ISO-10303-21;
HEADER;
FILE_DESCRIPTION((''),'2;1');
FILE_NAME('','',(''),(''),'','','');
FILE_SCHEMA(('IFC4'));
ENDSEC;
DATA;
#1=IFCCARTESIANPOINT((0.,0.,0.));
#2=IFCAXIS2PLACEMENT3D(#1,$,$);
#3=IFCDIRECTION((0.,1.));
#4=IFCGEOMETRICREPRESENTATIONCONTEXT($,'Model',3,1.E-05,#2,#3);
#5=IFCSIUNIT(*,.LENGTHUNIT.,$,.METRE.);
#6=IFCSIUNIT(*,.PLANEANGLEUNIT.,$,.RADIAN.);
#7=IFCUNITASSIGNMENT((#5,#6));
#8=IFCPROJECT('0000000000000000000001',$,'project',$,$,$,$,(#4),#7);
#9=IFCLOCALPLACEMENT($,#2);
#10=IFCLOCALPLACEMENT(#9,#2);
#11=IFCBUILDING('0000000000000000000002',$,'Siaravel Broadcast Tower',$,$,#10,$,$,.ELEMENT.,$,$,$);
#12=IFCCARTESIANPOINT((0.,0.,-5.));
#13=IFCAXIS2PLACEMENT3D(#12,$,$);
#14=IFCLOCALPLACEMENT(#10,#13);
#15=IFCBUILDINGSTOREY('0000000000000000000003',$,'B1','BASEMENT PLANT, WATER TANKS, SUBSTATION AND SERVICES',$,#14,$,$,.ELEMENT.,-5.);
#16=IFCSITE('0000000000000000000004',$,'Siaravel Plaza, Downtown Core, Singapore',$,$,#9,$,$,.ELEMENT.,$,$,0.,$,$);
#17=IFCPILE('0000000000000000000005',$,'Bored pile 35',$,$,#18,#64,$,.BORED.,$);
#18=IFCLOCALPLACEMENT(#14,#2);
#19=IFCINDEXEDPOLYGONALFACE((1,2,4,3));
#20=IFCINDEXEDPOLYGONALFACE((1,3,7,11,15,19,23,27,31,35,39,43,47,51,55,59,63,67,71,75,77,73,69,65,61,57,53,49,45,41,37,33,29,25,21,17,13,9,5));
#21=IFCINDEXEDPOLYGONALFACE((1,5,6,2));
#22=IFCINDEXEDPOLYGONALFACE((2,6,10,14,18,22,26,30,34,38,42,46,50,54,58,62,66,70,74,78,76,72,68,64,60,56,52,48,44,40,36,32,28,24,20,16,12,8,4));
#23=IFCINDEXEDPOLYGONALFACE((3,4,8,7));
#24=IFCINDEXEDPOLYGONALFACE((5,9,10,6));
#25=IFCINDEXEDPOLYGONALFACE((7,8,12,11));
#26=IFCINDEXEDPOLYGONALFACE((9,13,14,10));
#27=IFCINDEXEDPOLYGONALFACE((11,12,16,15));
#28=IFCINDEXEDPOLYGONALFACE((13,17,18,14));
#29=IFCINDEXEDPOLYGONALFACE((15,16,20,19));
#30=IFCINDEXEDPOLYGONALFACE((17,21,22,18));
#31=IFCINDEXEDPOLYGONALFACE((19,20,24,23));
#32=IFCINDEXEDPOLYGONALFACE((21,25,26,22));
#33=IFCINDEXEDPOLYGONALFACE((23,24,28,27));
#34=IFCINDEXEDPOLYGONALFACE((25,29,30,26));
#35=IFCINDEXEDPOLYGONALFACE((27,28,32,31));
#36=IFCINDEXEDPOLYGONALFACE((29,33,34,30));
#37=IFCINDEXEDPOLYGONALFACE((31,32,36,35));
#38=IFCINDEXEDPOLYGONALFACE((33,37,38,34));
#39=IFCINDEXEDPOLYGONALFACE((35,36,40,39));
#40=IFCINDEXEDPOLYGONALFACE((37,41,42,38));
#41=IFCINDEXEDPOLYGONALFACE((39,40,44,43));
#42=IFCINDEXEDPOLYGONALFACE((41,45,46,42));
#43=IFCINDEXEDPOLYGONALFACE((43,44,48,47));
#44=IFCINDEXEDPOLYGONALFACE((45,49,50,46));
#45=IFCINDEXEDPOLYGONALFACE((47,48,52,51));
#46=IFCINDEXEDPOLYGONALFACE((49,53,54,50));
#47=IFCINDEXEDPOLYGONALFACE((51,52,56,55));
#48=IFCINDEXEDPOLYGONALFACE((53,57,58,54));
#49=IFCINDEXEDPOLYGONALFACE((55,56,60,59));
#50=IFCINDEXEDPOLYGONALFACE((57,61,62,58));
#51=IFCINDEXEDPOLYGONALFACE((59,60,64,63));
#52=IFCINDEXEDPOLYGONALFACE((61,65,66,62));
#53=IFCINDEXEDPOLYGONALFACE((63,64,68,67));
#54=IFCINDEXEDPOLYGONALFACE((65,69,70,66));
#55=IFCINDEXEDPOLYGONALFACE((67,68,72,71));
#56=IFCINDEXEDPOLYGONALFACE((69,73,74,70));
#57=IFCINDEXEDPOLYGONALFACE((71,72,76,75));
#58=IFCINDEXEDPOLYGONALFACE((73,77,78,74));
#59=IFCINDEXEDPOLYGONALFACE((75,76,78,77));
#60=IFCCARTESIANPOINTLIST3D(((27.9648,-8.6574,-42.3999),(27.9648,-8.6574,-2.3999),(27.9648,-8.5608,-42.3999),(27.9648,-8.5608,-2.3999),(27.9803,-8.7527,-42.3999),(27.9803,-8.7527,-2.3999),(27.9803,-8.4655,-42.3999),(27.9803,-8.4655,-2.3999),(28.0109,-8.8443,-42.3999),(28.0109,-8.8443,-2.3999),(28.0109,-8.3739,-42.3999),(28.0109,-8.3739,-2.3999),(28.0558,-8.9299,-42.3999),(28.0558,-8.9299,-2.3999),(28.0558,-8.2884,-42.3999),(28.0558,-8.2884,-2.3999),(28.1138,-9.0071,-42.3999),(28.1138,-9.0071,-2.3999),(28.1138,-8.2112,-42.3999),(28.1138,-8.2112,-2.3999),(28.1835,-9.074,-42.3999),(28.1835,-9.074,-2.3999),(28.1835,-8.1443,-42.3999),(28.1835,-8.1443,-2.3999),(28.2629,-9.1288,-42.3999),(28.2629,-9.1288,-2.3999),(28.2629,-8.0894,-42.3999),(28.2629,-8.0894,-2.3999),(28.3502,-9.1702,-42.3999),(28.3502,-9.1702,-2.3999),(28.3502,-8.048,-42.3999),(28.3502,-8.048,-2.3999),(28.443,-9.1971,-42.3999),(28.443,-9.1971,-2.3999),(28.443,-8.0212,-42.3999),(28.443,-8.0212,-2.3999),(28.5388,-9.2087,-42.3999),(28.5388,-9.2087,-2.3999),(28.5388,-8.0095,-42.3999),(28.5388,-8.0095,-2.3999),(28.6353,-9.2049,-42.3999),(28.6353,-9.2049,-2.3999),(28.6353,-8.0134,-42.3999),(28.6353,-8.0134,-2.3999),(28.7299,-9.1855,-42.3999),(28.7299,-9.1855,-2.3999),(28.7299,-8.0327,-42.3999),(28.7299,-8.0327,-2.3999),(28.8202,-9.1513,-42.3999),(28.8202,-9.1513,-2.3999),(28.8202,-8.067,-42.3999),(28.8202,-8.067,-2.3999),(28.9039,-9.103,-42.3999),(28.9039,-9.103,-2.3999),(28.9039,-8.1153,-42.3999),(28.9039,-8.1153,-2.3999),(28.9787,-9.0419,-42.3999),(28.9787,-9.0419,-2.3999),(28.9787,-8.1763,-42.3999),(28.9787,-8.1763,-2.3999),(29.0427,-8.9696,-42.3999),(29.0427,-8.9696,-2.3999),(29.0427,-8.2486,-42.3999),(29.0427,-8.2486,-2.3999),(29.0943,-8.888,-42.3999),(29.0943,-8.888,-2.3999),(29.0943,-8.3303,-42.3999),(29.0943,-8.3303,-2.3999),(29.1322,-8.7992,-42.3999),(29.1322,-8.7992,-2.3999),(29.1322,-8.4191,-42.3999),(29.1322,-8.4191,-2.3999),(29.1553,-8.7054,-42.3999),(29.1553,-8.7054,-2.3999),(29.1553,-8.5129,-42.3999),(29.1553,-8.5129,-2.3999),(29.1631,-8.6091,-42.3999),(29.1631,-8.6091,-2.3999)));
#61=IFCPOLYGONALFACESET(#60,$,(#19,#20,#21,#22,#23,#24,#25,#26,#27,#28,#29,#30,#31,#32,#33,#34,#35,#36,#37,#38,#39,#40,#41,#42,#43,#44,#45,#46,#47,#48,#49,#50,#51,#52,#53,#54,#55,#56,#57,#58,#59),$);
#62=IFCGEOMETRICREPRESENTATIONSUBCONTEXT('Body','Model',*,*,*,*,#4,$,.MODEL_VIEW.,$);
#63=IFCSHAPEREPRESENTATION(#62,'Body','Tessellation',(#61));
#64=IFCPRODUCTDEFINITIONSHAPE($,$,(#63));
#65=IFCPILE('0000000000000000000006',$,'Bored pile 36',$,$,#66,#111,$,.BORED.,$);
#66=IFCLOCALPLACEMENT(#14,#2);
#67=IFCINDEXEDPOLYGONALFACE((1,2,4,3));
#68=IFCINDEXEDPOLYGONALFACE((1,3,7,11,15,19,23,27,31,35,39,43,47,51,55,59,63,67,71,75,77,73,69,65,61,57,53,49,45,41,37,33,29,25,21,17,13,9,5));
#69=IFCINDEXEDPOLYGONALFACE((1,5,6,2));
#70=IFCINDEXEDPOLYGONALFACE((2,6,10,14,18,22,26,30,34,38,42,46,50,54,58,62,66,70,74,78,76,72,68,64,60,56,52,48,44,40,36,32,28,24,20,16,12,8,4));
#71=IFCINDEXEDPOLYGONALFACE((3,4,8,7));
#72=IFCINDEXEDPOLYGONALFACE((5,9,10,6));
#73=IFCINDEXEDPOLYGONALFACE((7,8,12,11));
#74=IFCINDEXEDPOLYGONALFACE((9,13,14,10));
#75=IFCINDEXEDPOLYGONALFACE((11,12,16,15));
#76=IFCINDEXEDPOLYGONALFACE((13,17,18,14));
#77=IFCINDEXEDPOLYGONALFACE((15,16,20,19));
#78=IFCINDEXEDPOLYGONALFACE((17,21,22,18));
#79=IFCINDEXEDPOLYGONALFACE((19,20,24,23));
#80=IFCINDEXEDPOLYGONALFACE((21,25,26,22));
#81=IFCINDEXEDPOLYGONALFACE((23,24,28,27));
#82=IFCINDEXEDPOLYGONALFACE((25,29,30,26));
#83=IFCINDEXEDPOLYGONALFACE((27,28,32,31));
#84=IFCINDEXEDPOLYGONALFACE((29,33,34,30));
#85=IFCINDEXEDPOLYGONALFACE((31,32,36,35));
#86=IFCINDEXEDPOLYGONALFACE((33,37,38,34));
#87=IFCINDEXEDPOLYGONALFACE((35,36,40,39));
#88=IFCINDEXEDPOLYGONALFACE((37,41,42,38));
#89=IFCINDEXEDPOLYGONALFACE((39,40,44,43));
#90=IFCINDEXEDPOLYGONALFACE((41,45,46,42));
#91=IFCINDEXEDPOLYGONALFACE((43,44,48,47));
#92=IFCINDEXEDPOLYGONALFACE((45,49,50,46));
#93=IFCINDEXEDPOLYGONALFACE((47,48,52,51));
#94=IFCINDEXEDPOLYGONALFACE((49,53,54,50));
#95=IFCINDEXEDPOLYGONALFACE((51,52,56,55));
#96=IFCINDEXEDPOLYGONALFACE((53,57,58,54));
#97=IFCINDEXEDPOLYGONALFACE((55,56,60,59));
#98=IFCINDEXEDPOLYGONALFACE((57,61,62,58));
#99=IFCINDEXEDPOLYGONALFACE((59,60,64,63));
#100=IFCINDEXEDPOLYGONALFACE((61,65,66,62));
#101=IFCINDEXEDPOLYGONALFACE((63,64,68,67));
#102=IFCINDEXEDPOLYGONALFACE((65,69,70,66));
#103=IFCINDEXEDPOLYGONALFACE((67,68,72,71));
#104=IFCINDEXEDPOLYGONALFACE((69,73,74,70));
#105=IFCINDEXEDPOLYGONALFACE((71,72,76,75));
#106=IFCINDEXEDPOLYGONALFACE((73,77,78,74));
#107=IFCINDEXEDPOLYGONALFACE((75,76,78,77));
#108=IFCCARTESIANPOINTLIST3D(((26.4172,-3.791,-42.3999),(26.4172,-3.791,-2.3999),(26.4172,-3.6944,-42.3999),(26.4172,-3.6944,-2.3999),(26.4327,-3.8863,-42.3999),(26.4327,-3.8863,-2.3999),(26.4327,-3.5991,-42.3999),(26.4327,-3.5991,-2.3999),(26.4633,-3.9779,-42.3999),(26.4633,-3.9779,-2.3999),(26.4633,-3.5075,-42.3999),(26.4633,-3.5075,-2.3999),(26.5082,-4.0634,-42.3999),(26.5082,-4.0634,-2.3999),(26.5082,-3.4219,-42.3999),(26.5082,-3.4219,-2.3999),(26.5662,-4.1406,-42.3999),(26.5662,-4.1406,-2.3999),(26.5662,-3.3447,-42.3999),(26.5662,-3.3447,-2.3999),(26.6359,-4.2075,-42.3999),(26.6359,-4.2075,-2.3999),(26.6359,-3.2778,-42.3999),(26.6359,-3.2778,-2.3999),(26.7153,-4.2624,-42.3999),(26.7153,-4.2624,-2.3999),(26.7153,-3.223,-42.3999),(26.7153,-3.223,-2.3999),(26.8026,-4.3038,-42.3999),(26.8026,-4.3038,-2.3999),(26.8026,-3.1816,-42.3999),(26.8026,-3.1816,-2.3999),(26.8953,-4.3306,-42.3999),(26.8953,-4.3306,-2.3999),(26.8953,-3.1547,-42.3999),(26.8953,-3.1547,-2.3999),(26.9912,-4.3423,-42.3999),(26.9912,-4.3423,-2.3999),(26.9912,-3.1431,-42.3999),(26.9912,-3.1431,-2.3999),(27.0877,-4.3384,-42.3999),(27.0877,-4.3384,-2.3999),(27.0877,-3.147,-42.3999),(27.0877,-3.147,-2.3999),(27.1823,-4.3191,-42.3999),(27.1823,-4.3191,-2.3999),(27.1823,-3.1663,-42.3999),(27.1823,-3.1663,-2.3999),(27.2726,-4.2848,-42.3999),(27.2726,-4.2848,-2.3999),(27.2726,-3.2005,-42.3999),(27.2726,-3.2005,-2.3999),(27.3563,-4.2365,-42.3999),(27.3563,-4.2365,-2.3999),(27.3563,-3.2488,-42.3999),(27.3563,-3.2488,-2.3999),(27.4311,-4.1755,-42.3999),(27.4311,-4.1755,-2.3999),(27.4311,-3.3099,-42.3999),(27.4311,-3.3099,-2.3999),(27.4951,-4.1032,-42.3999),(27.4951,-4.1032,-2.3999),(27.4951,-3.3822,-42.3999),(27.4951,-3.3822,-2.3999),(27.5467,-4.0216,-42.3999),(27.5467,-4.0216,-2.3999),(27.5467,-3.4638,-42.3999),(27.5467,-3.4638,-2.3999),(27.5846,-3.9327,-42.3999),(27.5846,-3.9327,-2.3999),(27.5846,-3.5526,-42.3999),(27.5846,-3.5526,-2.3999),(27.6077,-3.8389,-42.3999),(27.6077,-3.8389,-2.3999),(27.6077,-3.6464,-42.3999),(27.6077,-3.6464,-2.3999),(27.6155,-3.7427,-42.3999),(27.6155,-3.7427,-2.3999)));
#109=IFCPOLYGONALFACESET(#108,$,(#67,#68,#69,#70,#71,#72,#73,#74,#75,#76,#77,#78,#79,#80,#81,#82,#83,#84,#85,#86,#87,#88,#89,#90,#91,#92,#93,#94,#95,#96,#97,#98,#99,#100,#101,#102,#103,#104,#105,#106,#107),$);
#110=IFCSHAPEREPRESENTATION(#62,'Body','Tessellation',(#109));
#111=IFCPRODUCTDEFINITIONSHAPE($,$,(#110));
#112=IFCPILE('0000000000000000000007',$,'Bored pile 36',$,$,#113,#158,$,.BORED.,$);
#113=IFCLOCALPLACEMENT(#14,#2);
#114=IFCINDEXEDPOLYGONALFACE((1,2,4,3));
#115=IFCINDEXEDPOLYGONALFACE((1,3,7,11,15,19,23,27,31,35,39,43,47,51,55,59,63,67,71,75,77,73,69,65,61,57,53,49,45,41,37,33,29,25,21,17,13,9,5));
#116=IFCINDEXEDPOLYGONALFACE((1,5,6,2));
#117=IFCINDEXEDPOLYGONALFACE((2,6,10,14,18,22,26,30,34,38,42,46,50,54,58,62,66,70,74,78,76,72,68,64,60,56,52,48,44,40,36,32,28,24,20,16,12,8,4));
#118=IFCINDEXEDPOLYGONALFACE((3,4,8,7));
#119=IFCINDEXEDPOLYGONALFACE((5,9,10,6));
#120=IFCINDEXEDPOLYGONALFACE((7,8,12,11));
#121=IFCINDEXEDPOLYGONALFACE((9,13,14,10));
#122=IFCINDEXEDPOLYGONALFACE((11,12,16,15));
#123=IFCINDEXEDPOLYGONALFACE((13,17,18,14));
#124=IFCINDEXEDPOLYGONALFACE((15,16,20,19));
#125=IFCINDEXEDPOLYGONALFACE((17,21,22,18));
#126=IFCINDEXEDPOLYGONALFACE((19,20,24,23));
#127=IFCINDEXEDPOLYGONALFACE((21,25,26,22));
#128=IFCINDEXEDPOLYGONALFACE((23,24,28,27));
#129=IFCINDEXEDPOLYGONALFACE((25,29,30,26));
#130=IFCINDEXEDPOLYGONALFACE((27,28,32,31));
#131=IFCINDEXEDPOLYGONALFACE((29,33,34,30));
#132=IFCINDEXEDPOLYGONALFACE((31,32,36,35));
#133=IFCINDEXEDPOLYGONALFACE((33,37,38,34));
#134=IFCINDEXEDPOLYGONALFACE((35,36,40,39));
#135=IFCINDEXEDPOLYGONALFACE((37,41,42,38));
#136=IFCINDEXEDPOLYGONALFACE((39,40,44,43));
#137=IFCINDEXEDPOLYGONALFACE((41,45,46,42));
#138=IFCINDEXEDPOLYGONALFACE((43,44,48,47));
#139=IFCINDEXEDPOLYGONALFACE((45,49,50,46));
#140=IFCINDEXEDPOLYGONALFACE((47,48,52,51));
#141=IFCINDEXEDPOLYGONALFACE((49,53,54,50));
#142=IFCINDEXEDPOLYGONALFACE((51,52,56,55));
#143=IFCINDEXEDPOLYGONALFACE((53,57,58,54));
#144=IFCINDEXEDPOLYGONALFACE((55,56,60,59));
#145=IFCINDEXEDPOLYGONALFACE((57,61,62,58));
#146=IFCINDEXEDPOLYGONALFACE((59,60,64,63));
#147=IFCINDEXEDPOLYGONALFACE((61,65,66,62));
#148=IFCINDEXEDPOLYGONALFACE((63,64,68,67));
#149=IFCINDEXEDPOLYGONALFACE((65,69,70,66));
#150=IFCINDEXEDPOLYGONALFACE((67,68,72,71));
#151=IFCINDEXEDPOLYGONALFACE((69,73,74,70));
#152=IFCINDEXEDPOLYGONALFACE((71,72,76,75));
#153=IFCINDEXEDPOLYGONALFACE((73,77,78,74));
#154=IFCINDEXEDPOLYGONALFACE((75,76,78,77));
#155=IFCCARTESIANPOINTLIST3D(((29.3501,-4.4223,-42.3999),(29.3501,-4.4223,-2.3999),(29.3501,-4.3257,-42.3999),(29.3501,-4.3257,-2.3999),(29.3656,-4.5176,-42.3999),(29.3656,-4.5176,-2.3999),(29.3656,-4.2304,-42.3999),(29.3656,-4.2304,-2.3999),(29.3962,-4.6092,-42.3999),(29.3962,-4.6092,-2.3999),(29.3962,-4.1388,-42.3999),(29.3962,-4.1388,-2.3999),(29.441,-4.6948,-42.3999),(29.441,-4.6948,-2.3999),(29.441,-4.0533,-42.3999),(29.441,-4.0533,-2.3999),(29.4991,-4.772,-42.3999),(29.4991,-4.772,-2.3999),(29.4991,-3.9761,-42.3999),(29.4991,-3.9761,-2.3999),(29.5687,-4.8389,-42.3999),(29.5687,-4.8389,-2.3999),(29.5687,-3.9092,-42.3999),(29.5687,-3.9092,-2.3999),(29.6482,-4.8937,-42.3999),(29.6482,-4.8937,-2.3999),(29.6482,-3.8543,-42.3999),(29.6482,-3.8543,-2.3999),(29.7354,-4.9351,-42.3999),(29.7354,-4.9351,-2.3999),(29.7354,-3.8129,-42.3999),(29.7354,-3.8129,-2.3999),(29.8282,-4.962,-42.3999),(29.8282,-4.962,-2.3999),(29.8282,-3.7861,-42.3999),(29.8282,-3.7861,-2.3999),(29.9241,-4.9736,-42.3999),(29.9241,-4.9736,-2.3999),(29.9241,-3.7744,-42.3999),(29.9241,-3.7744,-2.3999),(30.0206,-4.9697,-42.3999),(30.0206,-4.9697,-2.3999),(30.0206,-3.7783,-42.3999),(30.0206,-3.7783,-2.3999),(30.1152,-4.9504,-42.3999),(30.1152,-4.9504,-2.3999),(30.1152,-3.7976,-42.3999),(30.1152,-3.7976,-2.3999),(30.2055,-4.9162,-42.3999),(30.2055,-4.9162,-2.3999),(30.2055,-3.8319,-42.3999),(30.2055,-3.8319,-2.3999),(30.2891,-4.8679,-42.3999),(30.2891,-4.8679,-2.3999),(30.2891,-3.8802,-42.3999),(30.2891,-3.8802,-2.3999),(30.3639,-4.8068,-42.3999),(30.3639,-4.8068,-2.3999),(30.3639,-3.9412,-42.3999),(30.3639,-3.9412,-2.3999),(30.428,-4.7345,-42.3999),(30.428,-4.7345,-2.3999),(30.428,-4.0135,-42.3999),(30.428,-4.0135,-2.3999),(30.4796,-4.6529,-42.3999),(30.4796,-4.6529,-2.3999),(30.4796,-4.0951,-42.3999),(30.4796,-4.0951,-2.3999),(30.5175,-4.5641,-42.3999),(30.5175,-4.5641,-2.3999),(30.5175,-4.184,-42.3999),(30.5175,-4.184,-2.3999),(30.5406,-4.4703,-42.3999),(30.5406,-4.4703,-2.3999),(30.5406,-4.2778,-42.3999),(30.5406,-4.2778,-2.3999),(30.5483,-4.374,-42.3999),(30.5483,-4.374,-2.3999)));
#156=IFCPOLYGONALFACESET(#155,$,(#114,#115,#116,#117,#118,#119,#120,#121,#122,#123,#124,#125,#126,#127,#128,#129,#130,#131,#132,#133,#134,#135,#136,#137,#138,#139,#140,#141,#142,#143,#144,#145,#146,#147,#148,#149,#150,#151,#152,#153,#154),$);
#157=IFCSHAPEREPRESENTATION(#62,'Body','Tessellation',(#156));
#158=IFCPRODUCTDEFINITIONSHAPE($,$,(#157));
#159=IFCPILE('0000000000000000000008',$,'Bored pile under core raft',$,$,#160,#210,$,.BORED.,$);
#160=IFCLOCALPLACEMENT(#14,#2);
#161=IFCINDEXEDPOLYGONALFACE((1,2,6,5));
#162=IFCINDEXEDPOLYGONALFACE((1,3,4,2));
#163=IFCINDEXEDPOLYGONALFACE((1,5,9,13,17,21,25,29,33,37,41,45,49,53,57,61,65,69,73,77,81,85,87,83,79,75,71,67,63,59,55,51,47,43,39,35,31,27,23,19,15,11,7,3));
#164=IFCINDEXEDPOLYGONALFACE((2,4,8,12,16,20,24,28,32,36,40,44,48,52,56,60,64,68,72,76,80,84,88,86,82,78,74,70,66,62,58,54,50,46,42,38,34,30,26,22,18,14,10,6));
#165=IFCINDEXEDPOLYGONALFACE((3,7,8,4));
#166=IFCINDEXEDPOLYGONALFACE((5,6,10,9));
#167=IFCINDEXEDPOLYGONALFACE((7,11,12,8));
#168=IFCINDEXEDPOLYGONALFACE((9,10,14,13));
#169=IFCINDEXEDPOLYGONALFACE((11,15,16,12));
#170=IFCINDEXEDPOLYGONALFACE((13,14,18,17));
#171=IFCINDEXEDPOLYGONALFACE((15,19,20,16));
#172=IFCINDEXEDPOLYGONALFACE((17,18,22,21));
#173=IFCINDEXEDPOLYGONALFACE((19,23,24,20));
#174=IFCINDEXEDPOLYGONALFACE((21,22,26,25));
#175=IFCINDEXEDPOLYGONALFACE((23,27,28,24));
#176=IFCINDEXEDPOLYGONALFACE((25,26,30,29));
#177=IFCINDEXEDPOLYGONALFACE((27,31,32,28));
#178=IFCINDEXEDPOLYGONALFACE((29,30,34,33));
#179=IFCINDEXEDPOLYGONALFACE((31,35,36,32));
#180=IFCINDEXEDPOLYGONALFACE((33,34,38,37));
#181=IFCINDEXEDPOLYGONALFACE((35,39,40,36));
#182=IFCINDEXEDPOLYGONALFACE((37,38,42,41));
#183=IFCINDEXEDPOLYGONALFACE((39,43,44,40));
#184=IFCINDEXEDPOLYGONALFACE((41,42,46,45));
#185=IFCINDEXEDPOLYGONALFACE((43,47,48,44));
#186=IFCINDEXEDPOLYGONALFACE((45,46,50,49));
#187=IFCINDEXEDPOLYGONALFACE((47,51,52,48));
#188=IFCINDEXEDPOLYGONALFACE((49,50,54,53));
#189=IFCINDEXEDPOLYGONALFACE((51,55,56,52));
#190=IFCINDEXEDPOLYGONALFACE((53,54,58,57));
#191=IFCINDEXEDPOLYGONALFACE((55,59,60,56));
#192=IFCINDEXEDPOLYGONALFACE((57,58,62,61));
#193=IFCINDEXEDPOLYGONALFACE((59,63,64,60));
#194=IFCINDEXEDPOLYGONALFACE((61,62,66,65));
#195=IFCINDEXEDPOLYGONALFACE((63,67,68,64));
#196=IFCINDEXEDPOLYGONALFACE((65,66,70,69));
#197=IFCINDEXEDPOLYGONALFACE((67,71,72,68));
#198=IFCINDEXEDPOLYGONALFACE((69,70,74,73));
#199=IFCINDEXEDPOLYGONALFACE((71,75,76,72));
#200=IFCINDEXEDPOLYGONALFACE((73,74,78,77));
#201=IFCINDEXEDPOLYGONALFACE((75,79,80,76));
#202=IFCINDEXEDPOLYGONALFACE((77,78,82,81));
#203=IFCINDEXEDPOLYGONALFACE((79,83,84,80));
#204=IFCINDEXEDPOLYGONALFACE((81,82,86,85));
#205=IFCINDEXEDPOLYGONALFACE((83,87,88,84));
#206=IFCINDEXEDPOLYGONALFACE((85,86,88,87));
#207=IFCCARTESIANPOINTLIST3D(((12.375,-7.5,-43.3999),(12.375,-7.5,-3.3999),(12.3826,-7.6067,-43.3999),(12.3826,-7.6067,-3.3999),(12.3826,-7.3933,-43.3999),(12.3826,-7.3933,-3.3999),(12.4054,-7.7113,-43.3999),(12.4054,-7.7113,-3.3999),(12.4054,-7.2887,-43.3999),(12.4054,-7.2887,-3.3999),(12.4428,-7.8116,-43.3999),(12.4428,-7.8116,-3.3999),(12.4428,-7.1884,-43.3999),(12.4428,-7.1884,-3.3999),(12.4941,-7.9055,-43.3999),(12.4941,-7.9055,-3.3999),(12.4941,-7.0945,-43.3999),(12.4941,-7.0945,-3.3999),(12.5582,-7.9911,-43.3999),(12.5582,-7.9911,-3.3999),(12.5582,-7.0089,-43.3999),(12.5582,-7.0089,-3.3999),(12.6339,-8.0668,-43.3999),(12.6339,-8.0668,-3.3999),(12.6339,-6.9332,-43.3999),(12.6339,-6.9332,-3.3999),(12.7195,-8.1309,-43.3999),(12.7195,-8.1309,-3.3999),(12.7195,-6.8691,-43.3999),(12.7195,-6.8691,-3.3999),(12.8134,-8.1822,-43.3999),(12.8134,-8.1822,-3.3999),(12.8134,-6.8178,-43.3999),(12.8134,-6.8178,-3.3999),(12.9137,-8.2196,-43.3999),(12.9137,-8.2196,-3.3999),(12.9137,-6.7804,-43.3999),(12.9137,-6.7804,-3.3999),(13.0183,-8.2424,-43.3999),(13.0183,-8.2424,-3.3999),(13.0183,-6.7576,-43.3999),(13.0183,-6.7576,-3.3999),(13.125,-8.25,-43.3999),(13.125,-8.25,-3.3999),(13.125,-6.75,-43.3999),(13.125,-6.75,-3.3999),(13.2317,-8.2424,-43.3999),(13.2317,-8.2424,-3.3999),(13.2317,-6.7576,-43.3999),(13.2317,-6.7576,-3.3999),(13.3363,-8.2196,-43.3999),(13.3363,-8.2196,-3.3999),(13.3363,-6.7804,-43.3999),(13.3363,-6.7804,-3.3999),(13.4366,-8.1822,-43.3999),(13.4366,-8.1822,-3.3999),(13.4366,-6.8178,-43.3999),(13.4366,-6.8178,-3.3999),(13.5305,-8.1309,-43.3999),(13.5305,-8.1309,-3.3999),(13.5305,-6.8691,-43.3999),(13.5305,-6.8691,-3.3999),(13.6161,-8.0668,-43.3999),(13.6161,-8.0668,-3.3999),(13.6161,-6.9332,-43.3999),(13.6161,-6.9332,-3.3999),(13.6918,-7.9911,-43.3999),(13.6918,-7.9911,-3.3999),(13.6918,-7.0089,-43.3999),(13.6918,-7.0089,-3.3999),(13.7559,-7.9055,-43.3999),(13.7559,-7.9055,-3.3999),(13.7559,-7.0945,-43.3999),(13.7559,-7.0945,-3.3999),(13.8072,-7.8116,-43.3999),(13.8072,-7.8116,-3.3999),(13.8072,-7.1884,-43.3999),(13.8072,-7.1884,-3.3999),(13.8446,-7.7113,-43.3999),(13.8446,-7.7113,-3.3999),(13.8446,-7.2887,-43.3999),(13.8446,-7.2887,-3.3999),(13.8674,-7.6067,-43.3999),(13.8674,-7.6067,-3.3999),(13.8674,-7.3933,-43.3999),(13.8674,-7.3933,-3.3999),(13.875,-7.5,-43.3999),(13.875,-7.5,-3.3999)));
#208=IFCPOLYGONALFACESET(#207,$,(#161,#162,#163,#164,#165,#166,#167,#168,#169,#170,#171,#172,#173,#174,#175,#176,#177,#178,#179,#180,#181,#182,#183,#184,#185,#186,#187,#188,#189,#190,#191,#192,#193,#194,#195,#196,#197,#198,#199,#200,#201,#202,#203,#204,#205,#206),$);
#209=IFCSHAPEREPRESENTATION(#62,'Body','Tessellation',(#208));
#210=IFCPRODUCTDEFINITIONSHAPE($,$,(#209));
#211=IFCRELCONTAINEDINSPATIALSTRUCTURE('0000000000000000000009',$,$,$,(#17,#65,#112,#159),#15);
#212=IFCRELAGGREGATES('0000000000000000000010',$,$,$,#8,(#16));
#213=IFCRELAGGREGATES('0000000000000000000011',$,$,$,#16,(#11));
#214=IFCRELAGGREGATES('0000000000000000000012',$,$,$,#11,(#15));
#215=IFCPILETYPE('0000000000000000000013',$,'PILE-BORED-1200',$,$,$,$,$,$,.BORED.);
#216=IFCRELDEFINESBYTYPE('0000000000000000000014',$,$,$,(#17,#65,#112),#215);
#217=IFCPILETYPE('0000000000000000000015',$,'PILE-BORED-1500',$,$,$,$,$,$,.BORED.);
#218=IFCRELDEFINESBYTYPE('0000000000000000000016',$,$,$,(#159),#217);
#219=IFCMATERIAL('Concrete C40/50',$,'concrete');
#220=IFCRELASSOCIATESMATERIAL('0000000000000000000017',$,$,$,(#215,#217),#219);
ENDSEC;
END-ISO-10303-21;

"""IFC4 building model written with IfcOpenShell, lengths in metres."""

from ifc_helpers import new_model, si_unit, direction, frame, origin, origin_2d, place, context, subcontext, project, spatial, circle, extrude, material, material_profile, profile_set, type_object, element, save


model = new_model("IFC4")

# Units and contexts
model_context = context("Model", 3, precision=1e-05, world=origin(), true_north=direction((0.0, 1.0)))
body_context = subcontext(model_context, "Body", "Model", "MODEL_VIEW")
ifc_project = project(units=[si_unit("LENGTHUNIT", "METRE"), si_unit("PLANEANGLEUNIT", "RADIAN")], contexts=[model_context])

# Site, building, storey
site_placement = place(None, origin())
site = spatial("IfcSite", under=ifc_project, at=site_placement, Name="Siaravel Plaza, Downtown Core, Singapore", CompositionType="ELEMENT", RefElevation=0.0)
building_placement = place(site_placement, origin())
building = spatial("IfcBuilding", under=site, at=building_placement, Name="Siaravel Broadcast Tower", CompositionType="ELEMENT")
storey_placement = place(building_placement, frame((0.0, 0.0, -5.0)))
storey = spatial("IfcBuildingStorey", under=building, at=storey_placement, Name="B1", Description="BASEMENT PLANT, WATER TANKS, SUBSTATION AND SERVICES", CompositionType="ELEMENT", Elevation=-5.0)

# Shared definitions
ifc_material_1 = material(Name="Concrete C40/50", Category="concrete")

# Piles
ifc_material_profile_1 = material_profile(ifc_material_1, circle(Radius=0.6001, at=origin_2d()))
ifc_profile_set_1 = profile_set([ifc_material_profile_1], Name="Concrete C40/50")
pile_type_1 = type_object("IfcPileType", Name="PILE-BORED-1200", PredefinedType="BORED", material=ifc_profile_set_1)
for number, where, z_axis, x_axis, name in (
    (1, (28.563, -8.6091, -2.3999), (0.0, 0.0, -1.0), (1.0, 0.0, 0.0), "Bored pile 35"),
    (2, (27.0154, -3.7427, -2.3999), (0.0, 0.0, -1.0), (1.0, 0.0, 0.0), "Bored pile 36"),
    (3, (29.9482, -4.374, -2.3999), (0.0, 0.0, -1.0), (1.0, 0.0, 0.0), "Bored pile 36"),
):
    element("IfcPile", number, at=place(storey_placement, frame(where, z_axis=z_axis, x_axis=x_axis)), inside=storey, type_object=pile_type_1, Name=name, PredefinedType="BORED", context=body_context, shape_type="SweptSolid", body=[
        extrude(circle(Radius=0.6001, at=origin_2d()), origin(), (0.0, 0.0, 1.0), 40.0),
    ])
ifc_material_profile_2 = material_profile(ifc_material_1, circle(Radius=0.75, at=origin_2d()))
ifc_profile_set_2 = profile_set([ifc_material_profile_2], Name="Concrete C40/50")
pile_type_2 = type_object("IfcPileType", Name="PILE-BORED-1500", PredefinedType="BORED", material=ifc_profile_set_2)
for number, where, z_axis, x_axis, name in (
    (4, (13.125, -7.5, -3.3999), (0.0, 0.0, -1.0), (1.0, 0.0, 0.0), "Bored pile under core raft"),
):
    element("IfcPile", number, at=place(storey_placement, frame(where, z_axis=z_axis, x_axis=x_axis)), inside=storey, type_object=pile_type_2, Name=name, PredefinedType="BORED", context=body_context, shape_type="SweptSolid", body=[
        extrude(circle(Radius=0.75, at=origin_2d()), origin(), (0.0, 0.0, 1.0), 40.0),
    ])

save(model, "model.ifc")
